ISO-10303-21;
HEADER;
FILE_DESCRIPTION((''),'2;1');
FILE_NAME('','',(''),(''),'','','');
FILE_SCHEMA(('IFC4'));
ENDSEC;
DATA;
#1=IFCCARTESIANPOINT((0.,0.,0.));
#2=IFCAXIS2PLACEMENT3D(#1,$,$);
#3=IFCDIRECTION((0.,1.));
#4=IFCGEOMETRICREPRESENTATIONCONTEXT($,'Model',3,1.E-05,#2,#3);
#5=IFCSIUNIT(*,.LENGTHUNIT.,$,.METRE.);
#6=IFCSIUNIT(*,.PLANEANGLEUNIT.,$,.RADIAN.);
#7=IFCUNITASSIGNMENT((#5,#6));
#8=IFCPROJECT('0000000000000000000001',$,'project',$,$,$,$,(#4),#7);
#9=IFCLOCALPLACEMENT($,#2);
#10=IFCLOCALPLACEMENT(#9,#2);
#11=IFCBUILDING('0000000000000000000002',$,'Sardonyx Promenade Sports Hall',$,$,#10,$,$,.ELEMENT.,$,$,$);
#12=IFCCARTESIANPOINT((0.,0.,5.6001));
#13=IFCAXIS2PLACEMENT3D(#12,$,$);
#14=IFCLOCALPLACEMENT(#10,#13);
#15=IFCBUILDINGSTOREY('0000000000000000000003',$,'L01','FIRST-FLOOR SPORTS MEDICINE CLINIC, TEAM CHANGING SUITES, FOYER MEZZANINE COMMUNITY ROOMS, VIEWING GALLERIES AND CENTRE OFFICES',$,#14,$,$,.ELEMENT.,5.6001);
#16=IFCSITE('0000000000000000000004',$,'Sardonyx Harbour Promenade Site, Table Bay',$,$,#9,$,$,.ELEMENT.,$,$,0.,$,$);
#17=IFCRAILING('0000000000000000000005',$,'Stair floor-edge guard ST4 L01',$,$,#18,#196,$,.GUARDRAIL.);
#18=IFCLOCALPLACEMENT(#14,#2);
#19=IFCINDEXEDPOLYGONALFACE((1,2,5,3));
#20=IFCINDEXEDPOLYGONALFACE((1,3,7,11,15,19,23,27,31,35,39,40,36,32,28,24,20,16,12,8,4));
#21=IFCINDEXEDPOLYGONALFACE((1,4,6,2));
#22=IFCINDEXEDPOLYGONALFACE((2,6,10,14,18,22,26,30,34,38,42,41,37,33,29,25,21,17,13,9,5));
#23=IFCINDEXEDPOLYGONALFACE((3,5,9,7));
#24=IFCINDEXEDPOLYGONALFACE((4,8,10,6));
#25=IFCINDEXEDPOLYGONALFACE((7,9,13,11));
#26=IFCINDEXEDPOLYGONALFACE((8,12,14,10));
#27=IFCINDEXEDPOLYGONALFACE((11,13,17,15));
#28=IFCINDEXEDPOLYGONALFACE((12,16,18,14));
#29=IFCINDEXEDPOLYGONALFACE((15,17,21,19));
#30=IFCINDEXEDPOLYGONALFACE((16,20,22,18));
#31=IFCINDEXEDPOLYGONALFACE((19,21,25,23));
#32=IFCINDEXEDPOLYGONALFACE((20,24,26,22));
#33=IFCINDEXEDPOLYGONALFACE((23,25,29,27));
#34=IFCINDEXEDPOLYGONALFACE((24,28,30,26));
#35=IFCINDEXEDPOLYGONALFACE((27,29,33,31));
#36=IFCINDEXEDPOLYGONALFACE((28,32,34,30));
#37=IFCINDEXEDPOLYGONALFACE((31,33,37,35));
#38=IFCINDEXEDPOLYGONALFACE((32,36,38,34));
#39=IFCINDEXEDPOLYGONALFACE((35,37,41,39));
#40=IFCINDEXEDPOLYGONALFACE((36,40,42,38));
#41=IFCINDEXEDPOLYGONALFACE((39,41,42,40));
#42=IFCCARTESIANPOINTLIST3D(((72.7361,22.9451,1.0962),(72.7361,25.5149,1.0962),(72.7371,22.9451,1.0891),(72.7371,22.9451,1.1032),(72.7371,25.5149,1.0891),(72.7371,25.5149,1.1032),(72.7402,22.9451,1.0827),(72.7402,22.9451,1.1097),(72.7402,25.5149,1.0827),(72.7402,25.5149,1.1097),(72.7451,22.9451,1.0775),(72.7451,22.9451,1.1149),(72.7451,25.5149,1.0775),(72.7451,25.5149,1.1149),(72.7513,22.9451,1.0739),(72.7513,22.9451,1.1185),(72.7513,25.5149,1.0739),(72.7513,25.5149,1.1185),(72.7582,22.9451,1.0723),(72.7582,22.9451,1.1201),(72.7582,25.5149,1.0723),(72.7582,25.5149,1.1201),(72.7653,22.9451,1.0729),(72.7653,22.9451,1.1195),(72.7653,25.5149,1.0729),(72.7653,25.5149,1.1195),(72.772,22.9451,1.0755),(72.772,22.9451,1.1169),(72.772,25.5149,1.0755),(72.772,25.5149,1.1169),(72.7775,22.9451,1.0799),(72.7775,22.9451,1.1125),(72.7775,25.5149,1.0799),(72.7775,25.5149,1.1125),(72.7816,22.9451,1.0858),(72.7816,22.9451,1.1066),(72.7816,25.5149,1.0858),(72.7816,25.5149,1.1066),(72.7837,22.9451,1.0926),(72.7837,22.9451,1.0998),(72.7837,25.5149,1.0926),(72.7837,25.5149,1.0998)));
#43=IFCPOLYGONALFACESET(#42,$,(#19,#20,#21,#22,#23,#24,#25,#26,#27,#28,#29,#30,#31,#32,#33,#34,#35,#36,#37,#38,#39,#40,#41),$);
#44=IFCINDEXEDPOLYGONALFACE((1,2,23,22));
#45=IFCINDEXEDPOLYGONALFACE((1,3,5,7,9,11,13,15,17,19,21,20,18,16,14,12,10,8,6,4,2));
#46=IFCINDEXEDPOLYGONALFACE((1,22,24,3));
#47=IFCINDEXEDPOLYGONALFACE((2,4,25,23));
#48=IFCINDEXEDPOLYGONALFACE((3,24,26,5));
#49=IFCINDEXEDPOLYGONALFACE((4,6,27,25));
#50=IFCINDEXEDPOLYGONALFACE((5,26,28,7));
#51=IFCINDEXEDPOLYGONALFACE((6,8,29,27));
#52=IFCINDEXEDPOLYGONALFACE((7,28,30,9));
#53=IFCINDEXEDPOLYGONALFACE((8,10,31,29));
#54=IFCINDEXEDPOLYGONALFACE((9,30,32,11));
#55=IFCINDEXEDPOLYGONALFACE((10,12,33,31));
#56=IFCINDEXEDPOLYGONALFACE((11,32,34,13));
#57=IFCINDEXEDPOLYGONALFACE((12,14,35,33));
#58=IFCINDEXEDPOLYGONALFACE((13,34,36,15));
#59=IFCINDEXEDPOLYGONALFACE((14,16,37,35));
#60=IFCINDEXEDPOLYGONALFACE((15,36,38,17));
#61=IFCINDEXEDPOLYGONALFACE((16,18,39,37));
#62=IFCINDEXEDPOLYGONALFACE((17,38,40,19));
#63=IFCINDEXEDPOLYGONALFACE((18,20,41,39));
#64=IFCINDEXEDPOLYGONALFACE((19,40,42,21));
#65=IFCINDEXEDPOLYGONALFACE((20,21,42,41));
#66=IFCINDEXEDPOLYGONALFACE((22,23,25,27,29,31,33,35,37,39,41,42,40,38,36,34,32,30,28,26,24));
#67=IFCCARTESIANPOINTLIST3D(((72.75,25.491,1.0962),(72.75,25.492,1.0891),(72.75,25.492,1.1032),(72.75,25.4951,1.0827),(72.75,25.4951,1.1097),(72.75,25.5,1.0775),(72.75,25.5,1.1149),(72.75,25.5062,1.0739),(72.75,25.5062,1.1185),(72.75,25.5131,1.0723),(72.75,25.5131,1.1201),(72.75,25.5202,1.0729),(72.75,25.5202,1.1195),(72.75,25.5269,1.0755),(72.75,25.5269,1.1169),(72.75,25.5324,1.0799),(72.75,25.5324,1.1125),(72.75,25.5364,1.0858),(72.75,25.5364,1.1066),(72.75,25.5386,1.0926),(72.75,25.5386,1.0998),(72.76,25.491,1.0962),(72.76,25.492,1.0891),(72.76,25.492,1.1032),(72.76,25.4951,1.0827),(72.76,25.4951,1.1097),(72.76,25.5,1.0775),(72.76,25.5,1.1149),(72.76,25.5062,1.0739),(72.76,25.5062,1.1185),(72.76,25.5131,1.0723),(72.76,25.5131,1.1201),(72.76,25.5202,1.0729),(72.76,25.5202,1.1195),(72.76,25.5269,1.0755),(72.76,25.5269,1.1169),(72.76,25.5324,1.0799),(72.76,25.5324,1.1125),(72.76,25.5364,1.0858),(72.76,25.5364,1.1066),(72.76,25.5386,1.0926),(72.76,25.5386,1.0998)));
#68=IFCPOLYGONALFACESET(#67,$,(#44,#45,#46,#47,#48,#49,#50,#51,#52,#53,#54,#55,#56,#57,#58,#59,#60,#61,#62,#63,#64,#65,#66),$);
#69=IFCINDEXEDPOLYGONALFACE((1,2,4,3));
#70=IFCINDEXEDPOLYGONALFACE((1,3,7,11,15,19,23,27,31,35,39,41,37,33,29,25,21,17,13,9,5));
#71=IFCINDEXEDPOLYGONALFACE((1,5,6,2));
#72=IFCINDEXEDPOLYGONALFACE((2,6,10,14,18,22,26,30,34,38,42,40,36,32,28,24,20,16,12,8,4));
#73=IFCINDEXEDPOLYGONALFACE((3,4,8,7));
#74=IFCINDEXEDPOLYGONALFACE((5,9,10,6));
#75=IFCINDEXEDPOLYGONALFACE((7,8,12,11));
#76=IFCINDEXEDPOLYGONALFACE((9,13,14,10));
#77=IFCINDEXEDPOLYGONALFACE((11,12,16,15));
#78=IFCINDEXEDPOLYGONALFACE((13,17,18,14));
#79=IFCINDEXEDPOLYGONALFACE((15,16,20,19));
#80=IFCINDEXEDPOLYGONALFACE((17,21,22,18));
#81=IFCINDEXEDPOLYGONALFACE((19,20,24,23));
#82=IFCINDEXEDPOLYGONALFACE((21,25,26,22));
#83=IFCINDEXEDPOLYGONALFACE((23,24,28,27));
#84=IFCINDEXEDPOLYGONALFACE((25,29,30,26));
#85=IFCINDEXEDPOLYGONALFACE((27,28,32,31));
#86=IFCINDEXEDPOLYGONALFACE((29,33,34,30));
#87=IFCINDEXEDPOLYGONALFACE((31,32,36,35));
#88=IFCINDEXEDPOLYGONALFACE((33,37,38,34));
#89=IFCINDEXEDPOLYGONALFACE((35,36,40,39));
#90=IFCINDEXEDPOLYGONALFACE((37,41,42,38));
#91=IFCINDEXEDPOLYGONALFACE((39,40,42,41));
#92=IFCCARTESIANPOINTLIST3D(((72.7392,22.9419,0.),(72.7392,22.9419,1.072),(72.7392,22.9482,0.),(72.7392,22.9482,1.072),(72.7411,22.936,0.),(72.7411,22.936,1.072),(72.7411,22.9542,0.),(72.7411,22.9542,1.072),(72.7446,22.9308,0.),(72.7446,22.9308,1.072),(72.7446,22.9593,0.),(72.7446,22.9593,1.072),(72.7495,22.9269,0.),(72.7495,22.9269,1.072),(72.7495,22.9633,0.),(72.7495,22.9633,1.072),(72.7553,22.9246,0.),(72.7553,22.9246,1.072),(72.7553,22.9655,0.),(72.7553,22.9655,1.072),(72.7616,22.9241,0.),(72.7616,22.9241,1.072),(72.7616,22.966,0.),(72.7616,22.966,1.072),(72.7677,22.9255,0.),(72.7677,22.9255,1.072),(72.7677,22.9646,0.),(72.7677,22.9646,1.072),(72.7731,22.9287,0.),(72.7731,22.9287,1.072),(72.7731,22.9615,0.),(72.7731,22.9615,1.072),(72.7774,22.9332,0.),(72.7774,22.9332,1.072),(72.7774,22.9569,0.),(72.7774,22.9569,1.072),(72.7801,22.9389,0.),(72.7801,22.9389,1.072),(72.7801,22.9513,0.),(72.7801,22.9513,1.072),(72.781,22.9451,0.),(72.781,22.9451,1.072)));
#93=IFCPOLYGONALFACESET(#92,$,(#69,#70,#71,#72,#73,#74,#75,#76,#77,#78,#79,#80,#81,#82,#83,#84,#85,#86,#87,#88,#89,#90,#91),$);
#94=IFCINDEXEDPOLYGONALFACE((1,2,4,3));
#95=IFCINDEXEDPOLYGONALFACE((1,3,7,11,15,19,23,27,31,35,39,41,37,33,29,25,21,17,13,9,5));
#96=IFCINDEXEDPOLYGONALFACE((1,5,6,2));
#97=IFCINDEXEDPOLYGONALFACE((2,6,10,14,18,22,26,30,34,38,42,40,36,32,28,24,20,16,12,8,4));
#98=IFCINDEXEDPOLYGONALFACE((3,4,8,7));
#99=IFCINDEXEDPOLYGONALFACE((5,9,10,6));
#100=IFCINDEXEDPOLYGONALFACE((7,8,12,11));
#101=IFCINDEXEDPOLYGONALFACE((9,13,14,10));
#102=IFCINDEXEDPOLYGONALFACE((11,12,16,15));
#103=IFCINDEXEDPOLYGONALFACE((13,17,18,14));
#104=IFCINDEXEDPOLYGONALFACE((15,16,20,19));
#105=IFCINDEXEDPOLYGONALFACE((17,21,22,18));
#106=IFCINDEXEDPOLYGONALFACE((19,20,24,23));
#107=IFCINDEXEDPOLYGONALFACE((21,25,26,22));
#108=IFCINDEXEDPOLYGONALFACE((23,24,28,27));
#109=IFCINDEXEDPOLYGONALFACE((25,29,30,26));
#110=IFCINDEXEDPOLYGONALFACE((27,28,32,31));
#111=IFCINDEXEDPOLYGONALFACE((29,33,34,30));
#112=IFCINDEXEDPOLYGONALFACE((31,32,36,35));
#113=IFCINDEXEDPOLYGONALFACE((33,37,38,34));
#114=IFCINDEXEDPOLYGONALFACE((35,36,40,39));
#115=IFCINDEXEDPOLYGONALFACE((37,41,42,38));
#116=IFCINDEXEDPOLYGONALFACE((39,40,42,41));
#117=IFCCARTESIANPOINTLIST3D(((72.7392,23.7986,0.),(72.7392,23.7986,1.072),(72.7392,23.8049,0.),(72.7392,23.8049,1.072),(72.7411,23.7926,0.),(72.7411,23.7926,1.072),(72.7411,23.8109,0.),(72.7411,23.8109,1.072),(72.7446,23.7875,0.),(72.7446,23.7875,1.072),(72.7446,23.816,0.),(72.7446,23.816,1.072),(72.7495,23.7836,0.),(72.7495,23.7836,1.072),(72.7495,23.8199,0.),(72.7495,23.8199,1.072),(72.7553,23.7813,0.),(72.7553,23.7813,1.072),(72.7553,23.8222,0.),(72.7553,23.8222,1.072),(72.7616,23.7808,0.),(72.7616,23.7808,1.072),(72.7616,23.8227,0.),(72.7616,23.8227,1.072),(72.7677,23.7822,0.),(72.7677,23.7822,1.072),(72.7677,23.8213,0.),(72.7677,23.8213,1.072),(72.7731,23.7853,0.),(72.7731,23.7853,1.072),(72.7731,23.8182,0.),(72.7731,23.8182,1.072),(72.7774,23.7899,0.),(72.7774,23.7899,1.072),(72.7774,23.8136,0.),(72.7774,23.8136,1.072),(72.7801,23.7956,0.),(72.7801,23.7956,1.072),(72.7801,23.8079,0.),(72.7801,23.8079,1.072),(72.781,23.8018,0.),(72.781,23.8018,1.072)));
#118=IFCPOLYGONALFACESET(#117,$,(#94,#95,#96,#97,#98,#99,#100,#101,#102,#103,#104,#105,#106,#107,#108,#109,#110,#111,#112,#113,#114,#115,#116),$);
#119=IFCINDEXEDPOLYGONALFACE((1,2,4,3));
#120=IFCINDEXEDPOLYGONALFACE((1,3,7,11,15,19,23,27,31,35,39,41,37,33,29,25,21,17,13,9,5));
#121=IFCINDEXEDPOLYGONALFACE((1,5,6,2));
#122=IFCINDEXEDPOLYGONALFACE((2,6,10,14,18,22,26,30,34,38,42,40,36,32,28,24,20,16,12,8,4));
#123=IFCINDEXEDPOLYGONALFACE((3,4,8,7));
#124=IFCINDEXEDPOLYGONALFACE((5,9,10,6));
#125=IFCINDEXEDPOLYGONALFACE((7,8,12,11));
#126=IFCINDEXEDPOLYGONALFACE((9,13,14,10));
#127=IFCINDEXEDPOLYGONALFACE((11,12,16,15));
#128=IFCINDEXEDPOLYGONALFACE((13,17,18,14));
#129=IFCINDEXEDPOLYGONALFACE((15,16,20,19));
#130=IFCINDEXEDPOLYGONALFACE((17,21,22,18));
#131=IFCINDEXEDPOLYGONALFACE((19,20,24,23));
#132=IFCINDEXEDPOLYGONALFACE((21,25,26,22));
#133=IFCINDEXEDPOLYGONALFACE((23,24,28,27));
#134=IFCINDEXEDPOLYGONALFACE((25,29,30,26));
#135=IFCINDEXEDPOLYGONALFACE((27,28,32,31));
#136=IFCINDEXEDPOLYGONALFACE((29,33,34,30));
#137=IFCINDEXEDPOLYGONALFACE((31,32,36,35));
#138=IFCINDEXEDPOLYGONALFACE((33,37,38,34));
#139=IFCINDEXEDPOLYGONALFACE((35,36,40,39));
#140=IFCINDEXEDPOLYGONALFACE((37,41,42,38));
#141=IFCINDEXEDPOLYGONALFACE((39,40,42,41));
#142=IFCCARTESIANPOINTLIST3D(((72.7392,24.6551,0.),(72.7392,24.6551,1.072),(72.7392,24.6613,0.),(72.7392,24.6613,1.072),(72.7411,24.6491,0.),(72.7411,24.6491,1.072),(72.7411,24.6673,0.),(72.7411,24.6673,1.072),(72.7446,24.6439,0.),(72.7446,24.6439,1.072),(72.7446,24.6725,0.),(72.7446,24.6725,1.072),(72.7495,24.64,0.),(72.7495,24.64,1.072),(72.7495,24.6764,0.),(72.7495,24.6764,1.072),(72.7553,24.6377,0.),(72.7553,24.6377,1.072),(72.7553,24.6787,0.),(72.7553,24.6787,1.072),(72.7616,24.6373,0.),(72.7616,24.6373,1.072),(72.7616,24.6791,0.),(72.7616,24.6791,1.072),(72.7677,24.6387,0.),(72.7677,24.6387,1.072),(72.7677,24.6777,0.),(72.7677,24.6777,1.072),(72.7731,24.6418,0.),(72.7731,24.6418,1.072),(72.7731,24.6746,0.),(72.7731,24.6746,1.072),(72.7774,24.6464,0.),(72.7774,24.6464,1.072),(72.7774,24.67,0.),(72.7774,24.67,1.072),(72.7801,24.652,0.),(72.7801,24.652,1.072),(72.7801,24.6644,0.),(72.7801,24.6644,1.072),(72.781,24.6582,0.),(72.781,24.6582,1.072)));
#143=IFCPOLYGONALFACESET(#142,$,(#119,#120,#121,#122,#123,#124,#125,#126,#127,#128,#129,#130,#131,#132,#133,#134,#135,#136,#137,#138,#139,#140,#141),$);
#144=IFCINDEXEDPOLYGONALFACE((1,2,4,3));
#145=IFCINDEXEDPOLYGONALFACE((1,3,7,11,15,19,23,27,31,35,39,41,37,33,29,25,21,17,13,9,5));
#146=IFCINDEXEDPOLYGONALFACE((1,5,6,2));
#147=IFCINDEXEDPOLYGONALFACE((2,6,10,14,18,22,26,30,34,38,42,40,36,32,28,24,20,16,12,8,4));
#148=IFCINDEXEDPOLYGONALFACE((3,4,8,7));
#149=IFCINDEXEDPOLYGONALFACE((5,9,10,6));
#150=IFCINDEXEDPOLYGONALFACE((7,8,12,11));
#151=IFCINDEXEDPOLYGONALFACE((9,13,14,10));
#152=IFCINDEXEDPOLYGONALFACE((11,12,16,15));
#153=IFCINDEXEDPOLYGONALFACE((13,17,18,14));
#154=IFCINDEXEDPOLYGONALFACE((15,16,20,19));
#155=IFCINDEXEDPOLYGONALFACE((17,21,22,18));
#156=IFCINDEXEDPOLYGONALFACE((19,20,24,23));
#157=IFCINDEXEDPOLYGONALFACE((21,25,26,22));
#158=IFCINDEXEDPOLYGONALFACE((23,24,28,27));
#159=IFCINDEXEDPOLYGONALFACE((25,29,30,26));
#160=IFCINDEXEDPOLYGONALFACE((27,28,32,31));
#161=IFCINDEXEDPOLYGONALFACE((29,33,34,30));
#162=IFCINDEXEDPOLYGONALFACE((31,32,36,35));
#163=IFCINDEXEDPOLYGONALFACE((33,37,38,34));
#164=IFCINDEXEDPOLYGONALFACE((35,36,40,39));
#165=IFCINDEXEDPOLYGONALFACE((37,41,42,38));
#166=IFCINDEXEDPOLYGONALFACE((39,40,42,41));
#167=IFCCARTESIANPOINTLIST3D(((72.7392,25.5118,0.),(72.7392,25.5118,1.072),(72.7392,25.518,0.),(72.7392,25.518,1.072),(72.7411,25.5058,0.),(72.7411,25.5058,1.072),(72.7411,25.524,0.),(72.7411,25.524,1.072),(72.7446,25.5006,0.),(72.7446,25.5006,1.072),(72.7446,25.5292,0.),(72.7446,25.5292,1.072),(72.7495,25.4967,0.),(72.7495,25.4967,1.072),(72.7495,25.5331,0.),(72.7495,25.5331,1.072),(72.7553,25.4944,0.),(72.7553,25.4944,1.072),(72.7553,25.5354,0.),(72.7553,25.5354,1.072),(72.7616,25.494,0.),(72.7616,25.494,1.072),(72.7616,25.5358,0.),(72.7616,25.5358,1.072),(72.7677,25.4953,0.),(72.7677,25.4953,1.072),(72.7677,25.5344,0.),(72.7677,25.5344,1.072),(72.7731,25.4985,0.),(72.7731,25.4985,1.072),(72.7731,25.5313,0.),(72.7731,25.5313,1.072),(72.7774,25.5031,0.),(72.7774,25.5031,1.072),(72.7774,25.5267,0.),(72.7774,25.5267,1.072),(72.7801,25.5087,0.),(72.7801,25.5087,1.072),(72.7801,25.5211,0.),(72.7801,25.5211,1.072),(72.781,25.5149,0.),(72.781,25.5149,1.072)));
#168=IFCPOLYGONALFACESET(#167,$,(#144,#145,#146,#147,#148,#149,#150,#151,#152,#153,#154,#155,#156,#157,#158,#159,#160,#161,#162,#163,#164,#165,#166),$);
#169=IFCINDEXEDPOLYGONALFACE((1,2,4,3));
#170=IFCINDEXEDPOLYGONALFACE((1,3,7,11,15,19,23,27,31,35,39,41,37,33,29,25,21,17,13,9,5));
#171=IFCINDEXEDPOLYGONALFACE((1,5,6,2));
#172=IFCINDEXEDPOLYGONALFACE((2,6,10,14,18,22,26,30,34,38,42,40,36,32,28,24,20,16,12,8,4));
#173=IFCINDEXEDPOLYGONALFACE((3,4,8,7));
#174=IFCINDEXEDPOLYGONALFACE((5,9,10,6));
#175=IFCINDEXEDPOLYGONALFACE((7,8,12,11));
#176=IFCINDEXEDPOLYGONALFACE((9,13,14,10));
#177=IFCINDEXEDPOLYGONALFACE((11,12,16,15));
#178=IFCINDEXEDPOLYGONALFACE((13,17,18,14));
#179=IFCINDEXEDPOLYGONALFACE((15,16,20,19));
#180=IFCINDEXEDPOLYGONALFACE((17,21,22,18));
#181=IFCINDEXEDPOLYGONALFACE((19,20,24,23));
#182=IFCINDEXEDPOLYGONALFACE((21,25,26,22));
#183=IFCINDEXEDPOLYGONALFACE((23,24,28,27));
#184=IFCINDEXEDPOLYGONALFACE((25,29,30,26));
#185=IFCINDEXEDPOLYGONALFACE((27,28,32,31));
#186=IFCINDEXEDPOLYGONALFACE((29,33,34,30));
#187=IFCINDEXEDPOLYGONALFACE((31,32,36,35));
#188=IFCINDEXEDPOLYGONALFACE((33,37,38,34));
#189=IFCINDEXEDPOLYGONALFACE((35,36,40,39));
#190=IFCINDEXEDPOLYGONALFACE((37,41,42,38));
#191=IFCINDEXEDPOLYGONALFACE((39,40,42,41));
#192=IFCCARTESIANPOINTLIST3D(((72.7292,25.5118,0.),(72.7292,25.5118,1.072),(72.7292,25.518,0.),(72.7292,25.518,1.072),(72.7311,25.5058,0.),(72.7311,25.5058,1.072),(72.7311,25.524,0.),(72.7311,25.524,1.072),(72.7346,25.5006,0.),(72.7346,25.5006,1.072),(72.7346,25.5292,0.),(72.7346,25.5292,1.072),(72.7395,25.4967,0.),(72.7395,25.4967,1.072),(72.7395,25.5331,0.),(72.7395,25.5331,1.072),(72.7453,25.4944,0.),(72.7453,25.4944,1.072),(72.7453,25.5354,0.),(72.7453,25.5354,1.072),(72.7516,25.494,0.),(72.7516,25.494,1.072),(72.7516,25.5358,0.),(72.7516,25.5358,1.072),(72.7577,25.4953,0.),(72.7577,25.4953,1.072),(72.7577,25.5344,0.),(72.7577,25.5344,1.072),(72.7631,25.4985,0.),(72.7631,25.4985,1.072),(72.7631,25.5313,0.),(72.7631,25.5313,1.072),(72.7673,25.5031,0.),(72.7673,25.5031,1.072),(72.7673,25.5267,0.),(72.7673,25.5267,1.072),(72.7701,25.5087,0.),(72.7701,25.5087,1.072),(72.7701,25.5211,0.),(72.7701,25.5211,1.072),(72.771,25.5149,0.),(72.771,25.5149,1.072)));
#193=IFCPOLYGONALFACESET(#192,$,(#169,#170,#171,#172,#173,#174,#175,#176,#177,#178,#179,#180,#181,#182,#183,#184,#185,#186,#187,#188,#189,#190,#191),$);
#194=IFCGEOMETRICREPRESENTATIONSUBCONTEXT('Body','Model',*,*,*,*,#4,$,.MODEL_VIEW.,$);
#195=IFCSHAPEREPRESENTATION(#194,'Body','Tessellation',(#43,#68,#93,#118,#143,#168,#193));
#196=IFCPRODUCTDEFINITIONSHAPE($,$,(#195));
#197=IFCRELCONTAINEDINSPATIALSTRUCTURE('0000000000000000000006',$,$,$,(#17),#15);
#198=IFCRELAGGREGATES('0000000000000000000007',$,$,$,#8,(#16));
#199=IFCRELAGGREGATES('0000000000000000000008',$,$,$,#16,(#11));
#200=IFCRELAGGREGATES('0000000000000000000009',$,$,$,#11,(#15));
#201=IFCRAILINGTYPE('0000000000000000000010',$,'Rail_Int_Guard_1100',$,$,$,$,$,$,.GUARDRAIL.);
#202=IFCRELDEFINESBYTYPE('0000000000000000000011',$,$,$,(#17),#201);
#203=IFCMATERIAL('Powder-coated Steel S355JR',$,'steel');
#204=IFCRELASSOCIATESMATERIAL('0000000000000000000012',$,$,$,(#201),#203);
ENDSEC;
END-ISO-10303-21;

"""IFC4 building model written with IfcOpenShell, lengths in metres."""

from ifc_helpers import new_model, si_unit, direction, frame, origin, origin_2d, place, context, subcontext, project, spatial, circle, extrude, material, type_object, element, save


model = new_model("IFC4")

# Units and contexts
model_context = context("Model", 3, precision=1e-05, world=origin(), true_north=direction((0.0, 1.0)))
body_context = subcontext(model_context, "Body", "Model", "MODEL_VIEW")
ifc_project = project(units=[si_unit("LENGTHUNIT", "METRE"), si_unit("PLANEANGLEUNIT", "RADIAN")], contexts=[model_context])

# Site, building, storey
site_placement = place(None, origin())
site = spatial("IfcSite", under=ifc_project, at=site_placement, Name="Sardonyx Harbour Promenade Site, Table Bay", CompositionType="ELEMENT", RefElevation=0.0)
building_placement = place(site_placement, origin())
building = spatial("IfcBuilding", under=site, at=building_placement, Name="Sardonyx Promenade Sports Hall", CompositionType="ELEMENT")
storey_placement = place(building_placement, frame((0.0, 0.0, 5.6001)))
storey = spatial("IfcBuildingStorey", under=building, at=storey_placement, Name="L01", Description="FIRST-FLOOR SPORTS MEDICINE CLINIC, TEAM CHANGING SUITES, FOYER MEZZANINE COMMUNITY ROOMS, VIEWING GALLERIES AND CENTRE OFFICES", CompositionType="ELEMENT", Elevation=5.6001)

# Railing
ifc_material_1 = material(Name="Powder-coated Steel S355JR", Category="steel")
railing_type_1 = type_object("IfcRailingType", Name="Rail_Int_Guard_1100", PredefinedType="GUARDRAIL", material=ifc_material_1)
railing_1_placement = place(storey_placement, frame((72.76, 22.9451, 0.0)))
element("IfcRailing", 1, at=railing_1_placement, inside=storey, type_object=railing_type_1, Name="Stair floor-edge guard ST4 L01", PredefinedType="GUARDRAIL", context=body_context, shape_type="SweptSolid", body=[
    extrude(circle(Radius=0.0239, at=origin_2d()), frame((0.0, 0.0, 1.0962), z_axis=(0.0, 1.0, 0.0), x_axis=(-1.0, 0.0, 0.0)), (0.0, 0.0, 1.0), 2.5698),
    extrude(circle(Radius=0.0239, at=origin_2d()), frame((0.0, 2.5698, 1.0962), z_axis=(-1.0, 0.0, 0.0), x_axis=(0.0, -1.0, 0.0)), (0.0, 0.0, 1.0), 0.01),
    extrude(circle(Radius=0.021, at=origin_2d()), origin(), (0.0, 0.0, 1.0), 1.072),
    extrude(circle(Radius=0.021, at=origin_2d()), frame((0.0, 0.8567, 0.0)), (0.0, 0.0, 1.0), 1.072),
    extrude(circle(Radius=0.021, at=origin_2d()), frame((0.0, 1.7131, 0.0)), (0.0, 0.0, 1.0), 1.072),
    extrude(circle(Radius=0.021, at=origin_2d()), frame((0.0, 2.5698, 0.0)), (0.0, 0.0, 1.0), 1.072),
    extrude(circle(Radius=0.021, at=origin_2d()), frame((-0.01, 2.5698, 0.0)), (0.0, 0.0, 1.0), 1.072),
])

save(model, "model.ifc")
